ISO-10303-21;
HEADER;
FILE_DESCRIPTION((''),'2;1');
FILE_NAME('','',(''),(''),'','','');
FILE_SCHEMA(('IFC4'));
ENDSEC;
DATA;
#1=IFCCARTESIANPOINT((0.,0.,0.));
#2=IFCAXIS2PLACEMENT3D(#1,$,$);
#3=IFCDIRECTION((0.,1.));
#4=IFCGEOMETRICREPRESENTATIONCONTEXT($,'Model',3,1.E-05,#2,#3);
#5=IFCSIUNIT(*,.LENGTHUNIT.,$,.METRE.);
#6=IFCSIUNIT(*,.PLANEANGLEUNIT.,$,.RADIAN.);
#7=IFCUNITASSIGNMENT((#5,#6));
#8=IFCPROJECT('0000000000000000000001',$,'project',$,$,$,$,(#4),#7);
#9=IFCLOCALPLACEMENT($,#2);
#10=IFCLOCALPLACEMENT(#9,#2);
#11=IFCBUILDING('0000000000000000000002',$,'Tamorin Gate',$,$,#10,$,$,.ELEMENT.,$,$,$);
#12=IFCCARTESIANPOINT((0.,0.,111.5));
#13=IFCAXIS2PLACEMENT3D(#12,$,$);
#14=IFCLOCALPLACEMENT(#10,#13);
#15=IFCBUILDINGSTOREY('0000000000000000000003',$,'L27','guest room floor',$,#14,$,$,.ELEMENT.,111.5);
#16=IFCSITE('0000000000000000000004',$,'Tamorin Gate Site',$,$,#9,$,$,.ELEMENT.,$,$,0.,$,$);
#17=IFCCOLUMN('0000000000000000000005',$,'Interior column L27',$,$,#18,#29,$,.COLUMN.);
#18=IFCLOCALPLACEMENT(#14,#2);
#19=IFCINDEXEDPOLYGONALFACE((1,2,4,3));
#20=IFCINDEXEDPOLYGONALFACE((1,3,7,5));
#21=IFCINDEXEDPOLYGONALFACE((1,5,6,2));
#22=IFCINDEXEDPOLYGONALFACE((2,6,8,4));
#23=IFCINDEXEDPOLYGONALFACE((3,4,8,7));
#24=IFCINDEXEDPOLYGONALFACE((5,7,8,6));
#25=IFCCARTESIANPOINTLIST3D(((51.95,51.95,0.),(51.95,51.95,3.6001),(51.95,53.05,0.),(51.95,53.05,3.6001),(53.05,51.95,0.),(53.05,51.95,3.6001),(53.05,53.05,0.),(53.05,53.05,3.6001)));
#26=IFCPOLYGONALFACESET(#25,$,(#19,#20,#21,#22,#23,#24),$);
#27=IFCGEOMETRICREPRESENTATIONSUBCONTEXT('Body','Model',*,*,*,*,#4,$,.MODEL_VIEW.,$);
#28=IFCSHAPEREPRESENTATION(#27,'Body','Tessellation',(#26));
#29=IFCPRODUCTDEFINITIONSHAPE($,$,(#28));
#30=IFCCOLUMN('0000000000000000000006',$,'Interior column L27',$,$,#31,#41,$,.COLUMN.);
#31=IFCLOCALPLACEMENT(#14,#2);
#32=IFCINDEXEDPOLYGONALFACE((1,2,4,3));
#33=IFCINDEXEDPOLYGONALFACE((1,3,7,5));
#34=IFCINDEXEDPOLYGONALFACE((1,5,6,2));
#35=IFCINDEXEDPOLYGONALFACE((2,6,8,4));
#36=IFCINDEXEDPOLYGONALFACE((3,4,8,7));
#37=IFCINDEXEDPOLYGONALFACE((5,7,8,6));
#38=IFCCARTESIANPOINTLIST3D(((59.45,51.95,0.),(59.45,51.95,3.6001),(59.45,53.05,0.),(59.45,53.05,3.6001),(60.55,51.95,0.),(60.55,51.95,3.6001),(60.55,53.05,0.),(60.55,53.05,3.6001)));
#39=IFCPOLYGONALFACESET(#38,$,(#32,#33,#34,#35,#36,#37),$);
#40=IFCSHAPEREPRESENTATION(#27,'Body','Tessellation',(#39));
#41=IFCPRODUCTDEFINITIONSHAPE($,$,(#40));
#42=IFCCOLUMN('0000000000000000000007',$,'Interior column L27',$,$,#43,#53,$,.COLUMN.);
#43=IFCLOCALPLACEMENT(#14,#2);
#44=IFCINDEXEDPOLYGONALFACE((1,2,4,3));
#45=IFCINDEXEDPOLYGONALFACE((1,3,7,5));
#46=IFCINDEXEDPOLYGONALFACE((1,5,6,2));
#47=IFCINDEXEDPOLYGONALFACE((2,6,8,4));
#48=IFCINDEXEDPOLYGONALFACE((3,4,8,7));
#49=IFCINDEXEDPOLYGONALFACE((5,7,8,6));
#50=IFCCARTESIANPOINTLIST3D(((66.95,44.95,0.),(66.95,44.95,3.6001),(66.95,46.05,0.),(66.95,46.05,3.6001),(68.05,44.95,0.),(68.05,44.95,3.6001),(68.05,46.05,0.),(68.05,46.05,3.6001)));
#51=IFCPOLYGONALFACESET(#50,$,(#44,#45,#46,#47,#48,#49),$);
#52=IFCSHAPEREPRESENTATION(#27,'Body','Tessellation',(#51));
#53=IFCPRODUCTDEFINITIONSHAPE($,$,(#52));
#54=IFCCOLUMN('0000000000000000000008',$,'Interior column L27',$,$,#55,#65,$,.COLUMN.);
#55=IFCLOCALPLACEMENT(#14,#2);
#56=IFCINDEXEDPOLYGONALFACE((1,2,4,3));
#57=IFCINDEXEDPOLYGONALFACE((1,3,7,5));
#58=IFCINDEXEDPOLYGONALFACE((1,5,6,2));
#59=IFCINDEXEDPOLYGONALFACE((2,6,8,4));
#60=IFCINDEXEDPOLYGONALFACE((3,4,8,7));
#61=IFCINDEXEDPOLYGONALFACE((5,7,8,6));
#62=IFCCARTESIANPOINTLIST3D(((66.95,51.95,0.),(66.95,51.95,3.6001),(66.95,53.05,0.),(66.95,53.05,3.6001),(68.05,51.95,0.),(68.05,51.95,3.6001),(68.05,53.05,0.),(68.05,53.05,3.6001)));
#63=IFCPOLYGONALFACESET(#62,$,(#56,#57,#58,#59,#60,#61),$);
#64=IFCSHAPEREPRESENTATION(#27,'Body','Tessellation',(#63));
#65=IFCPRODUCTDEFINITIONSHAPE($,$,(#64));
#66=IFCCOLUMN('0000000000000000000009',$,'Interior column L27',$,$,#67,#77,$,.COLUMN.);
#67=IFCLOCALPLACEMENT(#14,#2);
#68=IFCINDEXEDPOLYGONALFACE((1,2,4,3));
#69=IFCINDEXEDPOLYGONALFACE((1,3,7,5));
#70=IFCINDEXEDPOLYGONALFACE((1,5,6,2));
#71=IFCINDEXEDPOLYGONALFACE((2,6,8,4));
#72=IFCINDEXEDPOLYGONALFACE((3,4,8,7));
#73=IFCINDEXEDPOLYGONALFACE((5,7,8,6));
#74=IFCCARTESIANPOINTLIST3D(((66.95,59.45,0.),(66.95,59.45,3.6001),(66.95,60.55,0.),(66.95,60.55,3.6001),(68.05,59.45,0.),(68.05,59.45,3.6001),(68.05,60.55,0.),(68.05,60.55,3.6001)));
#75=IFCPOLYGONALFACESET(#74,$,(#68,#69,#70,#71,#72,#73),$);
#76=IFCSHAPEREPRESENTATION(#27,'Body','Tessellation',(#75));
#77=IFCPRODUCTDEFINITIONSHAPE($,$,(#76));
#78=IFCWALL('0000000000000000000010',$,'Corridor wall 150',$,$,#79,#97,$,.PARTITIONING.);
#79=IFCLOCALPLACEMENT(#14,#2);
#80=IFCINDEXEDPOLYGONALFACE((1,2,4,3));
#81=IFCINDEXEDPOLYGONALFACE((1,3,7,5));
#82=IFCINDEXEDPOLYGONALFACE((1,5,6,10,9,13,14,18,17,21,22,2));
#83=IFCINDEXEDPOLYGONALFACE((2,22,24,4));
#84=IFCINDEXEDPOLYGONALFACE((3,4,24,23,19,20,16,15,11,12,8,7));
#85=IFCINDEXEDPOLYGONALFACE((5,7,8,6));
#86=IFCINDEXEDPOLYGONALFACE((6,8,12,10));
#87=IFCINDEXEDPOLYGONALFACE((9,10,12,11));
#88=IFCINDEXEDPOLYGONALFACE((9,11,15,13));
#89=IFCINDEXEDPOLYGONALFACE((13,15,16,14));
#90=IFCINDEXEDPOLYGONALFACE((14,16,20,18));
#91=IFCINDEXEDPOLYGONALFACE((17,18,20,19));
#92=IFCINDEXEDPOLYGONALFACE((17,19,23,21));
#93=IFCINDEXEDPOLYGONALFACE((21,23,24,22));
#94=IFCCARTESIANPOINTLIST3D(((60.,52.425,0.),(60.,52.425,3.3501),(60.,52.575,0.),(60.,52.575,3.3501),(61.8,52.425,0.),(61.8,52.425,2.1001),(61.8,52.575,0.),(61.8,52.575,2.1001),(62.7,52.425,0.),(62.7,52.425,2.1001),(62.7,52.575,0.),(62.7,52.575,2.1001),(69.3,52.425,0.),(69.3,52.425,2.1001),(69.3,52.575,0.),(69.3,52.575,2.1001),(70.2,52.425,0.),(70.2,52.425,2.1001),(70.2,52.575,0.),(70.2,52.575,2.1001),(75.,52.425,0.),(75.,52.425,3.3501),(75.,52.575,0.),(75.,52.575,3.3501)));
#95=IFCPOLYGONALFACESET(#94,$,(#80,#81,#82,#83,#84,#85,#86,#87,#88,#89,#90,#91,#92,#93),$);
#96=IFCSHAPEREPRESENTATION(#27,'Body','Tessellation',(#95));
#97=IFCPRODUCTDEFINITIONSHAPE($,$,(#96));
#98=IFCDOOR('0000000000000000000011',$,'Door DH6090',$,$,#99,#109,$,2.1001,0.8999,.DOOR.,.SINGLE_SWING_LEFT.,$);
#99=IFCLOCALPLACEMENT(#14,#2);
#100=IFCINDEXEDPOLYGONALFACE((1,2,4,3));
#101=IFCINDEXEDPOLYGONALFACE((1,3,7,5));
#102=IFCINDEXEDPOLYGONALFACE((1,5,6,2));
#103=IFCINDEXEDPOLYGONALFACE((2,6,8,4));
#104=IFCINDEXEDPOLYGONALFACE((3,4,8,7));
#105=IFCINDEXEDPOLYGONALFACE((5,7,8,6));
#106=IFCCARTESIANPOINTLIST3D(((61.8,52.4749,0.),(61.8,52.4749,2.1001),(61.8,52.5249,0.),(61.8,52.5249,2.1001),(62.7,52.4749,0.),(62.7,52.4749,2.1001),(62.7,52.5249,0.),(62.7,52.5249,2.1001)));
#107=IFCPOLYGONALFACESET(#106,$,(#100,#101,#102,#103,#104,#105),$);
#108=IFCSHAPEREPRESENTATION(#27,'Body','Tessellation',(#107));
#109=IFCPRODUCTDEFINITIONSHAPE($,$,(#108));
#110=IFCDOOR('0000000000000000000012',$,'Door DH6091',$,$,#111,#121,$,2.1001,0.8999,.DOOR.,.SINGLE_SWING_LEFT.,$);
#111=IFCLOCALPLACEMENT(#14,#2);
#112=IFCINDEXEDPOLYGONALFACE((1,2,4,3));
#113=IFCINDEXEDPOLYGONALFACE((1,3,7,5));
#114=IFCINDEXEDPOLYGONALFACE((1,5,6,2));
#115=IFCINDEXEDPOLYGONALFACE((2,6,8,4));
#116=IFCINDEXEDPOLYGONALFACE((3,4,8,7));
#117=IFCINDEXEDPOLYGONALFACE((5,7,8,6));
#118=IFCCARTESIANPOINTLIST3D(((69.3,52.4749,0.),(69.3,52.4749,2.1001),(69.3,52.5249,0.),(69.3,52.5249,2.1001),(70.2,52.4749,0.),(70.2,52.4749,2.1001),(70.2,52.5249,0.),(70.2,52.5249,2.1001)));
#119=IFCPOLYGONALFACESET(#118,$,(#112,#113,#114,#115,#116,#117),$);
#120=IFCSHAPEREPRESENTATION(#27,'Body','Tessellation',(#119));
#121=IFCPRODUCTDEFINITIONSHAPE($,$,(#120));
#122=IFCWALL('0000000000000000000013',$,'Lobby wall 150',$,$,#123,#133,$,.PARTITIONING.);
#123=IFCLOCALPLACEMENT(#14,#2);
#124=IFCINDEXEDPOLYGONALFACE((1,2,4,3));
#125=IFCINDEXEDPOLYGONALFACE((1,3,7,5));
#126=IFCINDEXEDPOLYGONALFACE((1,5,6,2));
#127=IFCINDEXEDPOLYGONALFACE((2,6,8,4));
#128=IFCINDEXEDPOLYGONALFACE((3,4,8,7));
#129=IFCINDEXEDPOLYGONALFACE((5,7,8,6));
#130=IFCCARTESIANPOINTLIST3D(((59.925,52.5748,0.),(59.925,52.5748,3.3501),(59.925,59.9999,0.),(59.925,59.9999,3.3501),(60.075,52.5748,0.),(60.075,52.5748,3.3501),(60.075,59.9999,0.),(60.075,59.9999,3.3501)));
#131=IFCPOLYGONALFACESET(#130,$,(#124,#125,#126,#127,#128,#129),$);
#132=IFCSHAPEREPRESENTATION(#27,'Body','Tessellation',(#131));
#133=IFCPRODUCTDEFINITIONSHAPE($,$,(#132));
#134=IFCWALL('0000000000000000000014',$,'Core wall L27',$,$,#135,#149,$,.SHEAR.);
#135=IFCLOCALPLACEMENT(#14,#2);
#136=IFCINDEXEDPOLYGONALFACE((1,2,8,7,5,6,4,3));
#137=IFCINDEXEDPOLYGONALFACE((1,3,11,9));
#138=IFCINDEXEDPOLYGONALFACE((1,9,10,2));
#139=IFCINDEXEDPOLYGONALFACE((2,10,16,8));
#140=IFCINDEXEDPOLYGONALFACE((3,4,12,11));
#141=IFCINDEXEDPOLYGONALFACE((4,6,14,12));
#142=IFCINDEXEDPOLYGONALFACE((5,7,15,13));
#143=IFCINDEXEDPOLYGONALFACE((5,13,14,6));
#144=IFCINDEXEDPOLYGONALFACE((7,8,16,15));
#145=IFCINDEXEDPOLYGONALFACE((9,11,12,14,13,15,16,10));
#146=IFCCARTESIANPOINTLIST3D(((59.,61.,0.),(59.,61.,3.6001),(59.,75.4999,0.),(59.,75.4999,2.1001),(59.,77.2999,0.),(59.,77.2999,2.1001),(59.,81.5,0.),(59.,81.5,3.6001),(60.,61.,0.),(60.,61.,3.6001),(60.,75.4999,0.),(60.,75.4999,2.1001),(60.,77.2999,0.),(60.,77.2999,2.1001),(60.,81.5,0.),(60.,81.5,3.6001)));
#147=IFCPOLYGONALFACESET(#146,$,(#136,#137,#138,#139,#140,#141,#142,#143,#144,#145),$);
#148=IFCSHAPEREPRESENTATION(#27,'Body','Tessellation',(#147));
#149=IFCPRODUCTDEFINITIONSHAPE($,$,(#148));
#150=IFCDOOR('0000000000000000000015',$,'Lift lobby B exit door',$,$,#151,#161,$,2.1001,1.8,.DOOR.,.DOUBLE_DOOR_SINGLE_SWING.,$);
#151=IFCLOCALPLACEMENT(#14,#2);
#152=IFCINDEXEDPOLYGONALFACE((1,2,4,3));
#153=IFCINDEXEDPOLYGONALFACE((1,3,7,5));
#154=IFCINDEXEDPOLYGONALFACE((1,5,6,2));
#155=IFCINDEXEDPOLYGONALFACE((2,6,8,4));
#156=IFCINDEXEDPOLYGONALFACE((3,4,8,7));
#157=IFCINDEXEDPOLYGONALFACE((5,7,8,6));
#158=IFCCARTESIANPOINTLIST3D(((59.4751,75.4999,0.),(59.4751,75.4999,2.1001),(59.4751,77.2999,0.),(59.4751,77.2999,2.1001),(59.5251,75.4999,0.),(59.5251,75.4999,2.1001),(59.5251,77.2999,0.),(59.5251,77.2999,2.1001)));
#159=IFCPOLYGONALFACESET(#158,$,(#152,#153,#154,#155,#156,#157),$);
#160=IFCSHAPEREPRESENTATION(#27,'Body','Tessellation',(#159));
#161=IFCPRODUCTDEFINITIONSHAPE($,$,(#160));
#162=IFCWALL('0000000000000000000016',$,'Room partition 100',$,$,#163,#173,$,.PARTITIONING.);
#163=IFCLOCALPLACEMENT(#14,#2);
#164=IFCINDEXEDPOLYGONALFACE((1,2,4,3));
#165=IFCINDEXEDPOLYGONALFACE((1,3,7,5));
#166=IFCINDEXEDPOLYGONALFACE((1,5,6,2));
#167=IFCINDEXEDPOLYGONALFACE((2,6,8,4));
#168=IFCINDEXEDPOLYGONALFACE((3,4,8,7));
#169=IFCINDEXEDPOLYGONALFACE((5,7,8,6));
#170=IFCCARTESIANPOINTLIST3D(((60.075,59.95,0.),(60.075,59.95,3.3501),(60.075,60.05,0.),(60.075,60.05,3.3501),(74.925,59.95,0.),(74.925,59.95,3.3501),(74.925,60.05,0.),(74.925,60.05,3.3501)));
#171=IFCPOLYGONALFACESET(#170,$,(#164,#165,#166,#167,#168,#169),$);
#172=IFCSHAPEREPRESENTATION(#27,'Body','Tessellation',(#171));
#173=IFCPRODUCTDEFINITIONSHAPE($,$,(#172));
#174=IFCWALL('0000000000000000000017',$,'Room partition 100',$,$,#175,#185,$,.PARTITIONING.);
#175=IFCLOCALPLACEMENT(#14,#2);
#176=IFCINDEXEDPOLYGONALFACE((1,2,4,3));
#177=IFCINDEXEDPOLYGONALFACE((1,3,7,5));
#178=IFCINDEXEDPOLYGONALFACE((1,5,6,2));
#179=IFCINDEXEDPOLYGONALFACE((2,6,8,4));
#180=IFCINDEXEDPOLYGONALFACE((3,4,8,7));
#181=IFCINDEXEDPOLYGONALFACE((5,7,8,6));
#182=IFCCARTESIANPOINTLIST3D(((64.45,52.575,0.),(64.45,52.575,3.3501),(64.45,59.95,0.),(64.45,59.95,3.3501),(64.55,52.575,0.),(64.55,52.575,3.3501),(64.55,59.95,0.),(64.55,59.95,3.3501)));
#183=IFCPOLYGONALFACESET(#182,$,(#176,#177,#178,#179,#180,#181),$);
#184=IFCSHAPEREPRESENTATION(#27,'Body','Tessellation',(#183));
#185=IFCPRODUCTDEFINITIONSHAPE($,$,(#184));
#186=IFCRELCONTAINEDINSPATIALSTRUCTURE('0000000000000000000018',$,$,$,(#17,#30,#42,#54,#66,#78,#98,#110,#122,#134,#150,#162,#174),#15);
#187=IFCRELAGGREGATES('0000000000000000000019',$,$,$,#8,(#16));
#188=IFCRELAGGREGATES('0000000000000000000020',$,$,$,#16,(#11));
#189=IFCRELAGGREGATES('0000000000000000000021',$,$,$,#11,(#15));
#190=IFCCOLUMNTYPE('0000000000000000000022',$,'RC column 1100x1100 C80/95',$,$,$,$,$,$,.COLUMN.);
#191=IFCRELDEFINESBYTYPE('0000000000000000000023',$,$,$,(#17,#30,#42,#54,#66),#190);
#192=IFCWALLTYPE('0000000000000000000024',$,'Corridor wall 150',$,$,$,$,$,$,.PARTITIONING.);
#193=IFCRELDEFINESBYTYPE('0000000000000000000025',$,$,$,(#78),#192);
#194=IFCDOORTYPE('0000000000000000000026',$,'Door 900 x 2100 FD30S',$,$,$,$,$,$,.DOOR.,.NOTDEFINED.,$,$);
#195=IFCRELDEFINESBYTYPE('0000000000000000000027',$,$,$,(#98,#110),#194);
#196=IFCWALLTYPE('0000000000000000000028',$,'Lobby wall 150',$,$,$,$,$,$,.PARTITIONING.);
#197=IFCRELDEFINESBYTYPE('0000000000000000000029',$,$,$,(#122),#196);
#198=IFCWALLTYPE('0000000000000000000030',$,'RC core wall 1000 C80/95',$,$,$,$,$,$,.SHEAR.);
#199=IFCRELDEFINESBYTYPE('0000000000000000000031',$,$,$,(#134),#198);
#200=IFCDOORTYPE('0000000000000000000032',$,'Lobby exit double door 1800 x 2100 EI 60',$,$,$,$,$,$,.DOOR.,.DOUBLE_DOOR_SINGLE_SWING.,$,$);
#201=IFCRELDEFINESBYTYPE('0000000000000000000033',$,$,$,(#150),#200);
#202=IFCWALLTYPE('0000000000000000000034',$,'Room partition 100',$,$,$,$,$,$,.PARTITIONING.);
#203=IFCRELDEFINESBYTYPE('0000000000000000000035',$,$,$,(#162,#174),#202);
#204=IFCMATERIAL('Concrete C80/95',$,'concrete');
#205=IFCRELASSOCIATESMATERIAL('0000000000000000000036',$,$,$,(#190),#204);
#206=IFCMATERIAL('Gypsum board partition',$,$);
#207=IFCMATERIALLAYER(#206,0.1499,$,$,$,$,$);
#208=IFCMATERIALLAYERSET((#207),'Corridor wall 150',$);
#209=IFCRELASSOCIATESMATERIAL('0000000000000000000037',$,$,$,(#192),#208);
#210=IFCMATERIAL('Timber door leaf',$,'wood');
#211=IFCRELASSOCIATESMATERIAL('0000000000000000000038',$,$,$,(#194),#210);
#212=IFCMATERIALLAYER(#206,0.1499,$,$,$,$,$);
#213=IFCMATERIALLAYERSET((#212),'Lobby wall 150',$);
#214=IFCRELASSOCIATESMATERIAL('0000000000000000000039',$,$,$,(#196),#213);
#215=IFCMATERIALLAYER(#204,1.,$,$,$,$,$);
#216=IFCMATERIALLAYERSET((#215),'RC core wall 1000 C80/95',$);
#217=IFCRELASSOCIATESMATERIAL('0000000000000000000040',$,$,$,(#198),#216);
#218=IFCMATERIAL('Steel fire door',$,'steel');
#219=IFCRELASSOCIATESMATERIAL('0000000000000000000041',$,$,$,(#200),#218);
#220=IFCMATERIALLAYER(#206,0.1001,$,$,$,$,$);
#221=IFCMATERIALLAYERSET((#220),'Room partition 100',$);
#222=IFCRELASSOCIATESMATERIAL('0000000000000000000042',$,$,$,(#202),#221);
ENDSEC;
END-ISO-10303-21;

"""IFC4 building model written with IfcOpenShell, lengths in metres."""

from ifc_helpers import new_model, si_unit, direction, frame, frame_2d, origin, origin_2d, place, context, subcontext, project, spatial, rectangle, extrude, material, layer, layer_set, material_profile, profile_set, type_object, element, fill, save


model = new_model("IFC4")

# Units and contexts
model_context = context("Model", 3, precision=1e-05, world=origin(), true_north=direction((0.0, 1.0)))
body_context = subcontext(model_context, "Body", "Model", "MODEL_VIEW")
ifc_project = project(units=[si_unit("LENGTHUNIT", "METRE"), si_unit("PLANEANGLEUNIT", "RADIAN")], contexts=[model_context])

# Site, building, storey
site_placement = place(None, origin())
site = spatial("IfcSite", under=ifc_project, at=site_placement, Name="Tamorin Gate Site", CompositionType="ELEMENT", RefElevation=0.0)
building_placement = place(site_placement, origin())
building = spatial("IfcBuilding", under=site, at=building_placement, Name="Tamorin Gate", CompositionType="ELEMENT")
storey_placement = place(building_placement, frame((0.0, 0.0, 111.5)))
storey = spatial("IfcBuildingStorey", under=building, at=storey_placement, Name="L27", Description="guest room floor", CompositionType="ELEMENT", Elevation=111.5)

# Columns
ifc_material_1 = material(Name="Concrete C80/95", Category="concrete")
ifc_material_profile = material_profile(ifc_material_1, rectangle(XDim=1.1001, YDim=1.1001, at=origin_2d()), Name="RC 1100x1100")
ifc_profile_set = profile_set([ifc_material_profile], Name="Concrete C80/95")
column_type = type_object("IfcColumnType", Name="RC column 1100x1100 C80/95", PredefinedType="COLUMN", material=ifc_profile_set)
for number, where, z_axis, x_axis, name in (
    (1, (52.5, 52.5, 0.0), (0.0, 0.0, 1.0), (1.0, 0.0, 0.0), "Interior column L27"),
    (2, (60.0, 52.5, 0.0), (0.0, 0.0, 1.0), (1.0, 0.0, 0.0), "Interior column L27"),
    (3, (67.5, 45.5, 0.0), (0.0, 0.0, 1.0), (1.0, 0.0, 0.0), "Interior column L27"),
    (4, (67.5, 52.5, 0.0), (0.0, 0.0, 1.0), (1.0, 0.0, 0.0), "Interior column L27"),
    (5, (67.5, 60.0, 0.0), (0.0, 0.0, 1.0), (1.0, 0.0, 0.0), "Interior column L27"),
):
    element("IfcColumn", number, at=place(storey_placement, frame(where, z_axis=z_axis, x_axis=x_axis)), inside=storey, type_object=column_type, Name=name, PredefinedType="COLUMN", context=body_context, shape_type="SweptSolid", body=[
        extrude(rectangle(XDim=1.1001, YDim=1.1001, at=origin_2d()), origin(), (0.0, 0.0, 1.0), 3.6001),
    ])

# Wall, openings, doors
ifc_material_2 = material(Name="Gypsum board partition")
ifc_layer_1 = layer(ifc_material_2, 0.1499)
ifc_layer_set_1 = layer_set([ifc_layer_1], Name="Corridor wall 150")
wall_type_1 = type_object("IfcWallType", Name="Corridor wall 150", PredefinedType="PARTITIONING", material=ifc_layer_set_1)
wall_1_placement = place(storey_placement, frame((60.0, 52.5, 0.0), z_axis=(0.0, 0.0, 1.0), x_axis=(1.0, 0.0, 0.0)))
wall_1 = element("IfcWall", 6, at=wall_1_placement, inside=storey, type_object=wall_type_1, Name="Corridor wall 150", PredefinedType="PARTITIONING", context=body_context, shape_type="SweptSolid", body=[
    extrude(rectangle(XDim=15.0, YDim=0.1499, at=frame_2d((7.5, 0.0))), origin(), (0.0, 0.0, 1.0), 3.3501),
])
opening_1_placement = place(wall_1_placement, frame((1.8, 0.0, 0.0)))
opening_1 = element("IfcOpeningElement", 7, at=opening_1_placement, cuts=wall_1, PredefinedType="OPENING", context=body_context, shape_type="SweptSolid", body=[
    extrude(rectangle(XDim=0.8999, YDim=2.1001, at=frame_2d((0.45, 1.05))), frame((0.0, 0.085, 0.0), z_axis=(0.0, -1.0, 0.0), x_axis=(1.0, 0.0, 0.0)), (0.0, 0.0, 1.0), 0.1699),
])
opening_2_placement = place(wall_1_placement, frame((9.3, 0.0, 0.0)))
opening_2 = element("IfcOpeningElement", 8, at=opening_2_placement, cuts=wall_1, PredefinedType="OPENING", context=body_context, shape_type="SweptSolid", body=[
    extrude(rectangle(XDim=0.8999, YDim=2.1001, at=frame_2d((0.45, 1.05))), frame((0.0, 0.085, 0.0), z_axis=(0.0, -1.0, 0.0), x_axis=(1.0, 0.0, 0.0)), (0.0, 0.0, 1.0), 0.1699),
])
ifc_material_3 = material(Name="Timber door leaf", Category="wood")
door_type_1 = type_object("IfcDoorType", Name="Door 900 x 2100 FD30S", OperationType="NOTDEFINED", PredefinedType="DOOR", material=ifc_material_3)
door_1_placement = place(opening_1_placement, origin())
door_1 = element("IfcDoor", 9, at=door_1_placement, inside=storey, type_object=door_type_1, Name="Door DH6090", OperationType="SINGLE_SWING_LEFT", OverallHeight=2.1001, OverallWidth=0.8999, PredefinedType="DOOR", context=body_context, shape_type="SweptSolid", body=[
    extrude(rectangle(XDim=0.8999, YDim=2.1001, at=frame_2d((0.45, 1.05))), frame((0.0, 0.0249, 0.0), z_axis=(0.0, -1.0, 0.0), x_axis=(1.0, 0.0, 0.0)), (0.0, 0.0, 1.0), 0.05),
])
fill(opening_1, door_1)
door_2_placement = place(opening_2_placement, origin())
door_2 = element("IfcDoor", 10, at=door_2_placement, inside=storey, type_object=door_type_1, Name="Door DH6091", OperationType="SINGLE_SWING_LEFT", OverallHeight=2.1001, OverallWidth=0.8999, PredefinedType="DOOR", context=body_context, shape_type="SweptSolid", body=[
    extrude(rectangle(XDim=0.8999, YDim=2.1001, at=frame_2d((0.45, 1.05))), frame((0.0, 0.0249, 0.0), z_axis=(0.0, -1.0, 0.0), x_axis=(1.0, 0.0, 0.0)), (0.0, 0.0, 1.0), 0.05),
])
fill(opening_2, door_2)

# Wall
ifc_layer_2 = layer(ifc_material_2, 0.1499)
ifc_layer_set_2 = layer_set([ifc_layer_2], Name="Lobby wall 150")
wall_type_2 = type_object("IfcWallType", Name="Lobby wall 150", PredefinedType="PARTITIONING", material=ifc_layer_set_2)
wall_2_placement = place(storey_placement, frame((60.0, 52.575, 0.0), z_axis=(0.0, 0.0, 1.0), x_axis=(0.0, 1.0, 0.0)))
element("IfcWall", 11, at=wall_2_placement, inside=storey, type_object=wall_type_2, Name="Lobby wall 150", PredefinedType="PARTITIONING", context=body_context, shape_type="SweptSolid", body=[
    extrude(rectangle(XDim=7.425, YDim=0.1499, at=frame_2d((3.7124, 0.0))), origin(), (0.0, 0.0, 1.0), 3.3501),
])

# Wall, opening, door
ifc_layer_3 = layer(ifc_material_1, 1.0)
ifc_layer_set_3 = layer_set([ifc_layer_3], Name="RC core wall 1000 C80/95")
wall_type_3 = type_object("IfcWallType", Name="RC core wall 1000 C80/95", PredefinedType="SHEAR", material=ifc_layer_set_3)
wall_3_placement = place(storey_placement, frame((59.5, 61.0, 0.0), z_axis=(0.0, 0.0, 1.0), x_axis=(0.0, 1.0, 0.0)))
wall_3 = element("IfcWall", 12, at=wall_3_placement, inside=storey, type_object=wall_type_3, Name="Core wall L27", PredefinedType="SHEAR", context=body_context, shape_type="SweptSolid", body=[
    extrude(rectangle(XDim=20.5, YDim=1.0, at=frame_2d((10.25, 0.0))), origin(), (0.0, 0.0, 1.0), 3.6001),
])
opening_3_placement = place(wall_3_placement, frame((14.5, 0.0, 0.0)))
opening_3 = element("IfcOpeningElement", 13, at=opening_3_placement, cuts=wall_3, PredefinedType="OPENING", context=body_context, shape_type="SweptSolid", body=[
    extrude(rectangle(XDim=1.8, YDim=2.1001, at=frame_2d((0.8999, 1.05))), frame((0.0, 0.51, 0.0), z_axis=(0.0, -1.0, 0.0), x_axis=(1.0, 0.0, 0.0)), (0.0, 0.0, 1.0), 1.02),
])
ifc_material_4 = material(Name="Steel fire door", Category="steel")
door_type_2 = type_object("IfcDoorType", Name="Lobby exit double door 1800 x 2100 EI 60", OperationType="DOUBLE_DOOR_SINGLE_SWING", PredefinedType="DOOR", material=ifc_material_4)
door_3_placement = place(opening_3_placement, origin())
door_3 = element("IfcDoor", 14, at=door_3_placement, inside=storey, type_object=door_type_2, Name="Lift lobby B exit door", OperationType="DOUBLE_DOOR_SINGLE_SWING", OverallHeight=2.1001, OverallWidth=1.8, PredefinedType="DOOR", context=body_context, shape_type="SweptSolid", body=[
    extrude(rectangle(XDim=1.8, YDim=2.1001, at=frame_2d((0.8999, 1.05))), frame((0.0, 0.0249, 0.0), z_axis=(0.0, -1.0, 0.0), x_axis=(1.0, 0.0, 0.0)), (0.0, 0.0, 1.0), 0.05),
])
fill(opening_3, door_3)

# Walls
ifc_layer_4 = layer(ifc_material_2, 0.1001)
ifc_layer_set_4 = layer_set([ifc_layer_4], Name="Room partition 100")
wall_type_4 = type_object("IfcWallType", Name="Room partition 100", PredefinedType="PARTITIONING", material=ifc_layer_set_4)
wall_4_placement = place(storey_placement, frame((60.075, 60.0, 0.0), z_axis=(0.0, 0.0, 1.0), x_axis=(1.0, 0.0, 0.0)))
element("IfcWall", 15, at=wall_4_placement, inside=storey, type_object=wall_type_4, Name="Room partition 100", PredefinedType="PARTITIONING", context=body_context, shape_type="SweptSolid", body=[
    extrude(rectangle(XDim=14.8501, YDim=0.1001, at=frame_2d((7.425, 0.0))), origin(), (0.0, 0.0, 1.0), 3.3501),
])
wall_5_placement = place(storey_placement, frame((64.5, 52.575, 0.0), z_axis=(0.0, 0.0, 1.0), x_axis=(0.0, 1.0, 0.0)))
element("IfcWall", 16, at=wall_5_placement, inside=storey, type_object=wall_type_4, Name="Room partition 100", PredefinedType="PARTITIONING", context=body_context, shape_type="SweptSolid", body=[
    extrude(rectangle(XDim=7.375, YDim=0.1001, at=frame_2d((3.6875, 0.0))), origin(), (0.0, 0.0, 1.0), 3.3501),
])

save(model, "model.ifc")
